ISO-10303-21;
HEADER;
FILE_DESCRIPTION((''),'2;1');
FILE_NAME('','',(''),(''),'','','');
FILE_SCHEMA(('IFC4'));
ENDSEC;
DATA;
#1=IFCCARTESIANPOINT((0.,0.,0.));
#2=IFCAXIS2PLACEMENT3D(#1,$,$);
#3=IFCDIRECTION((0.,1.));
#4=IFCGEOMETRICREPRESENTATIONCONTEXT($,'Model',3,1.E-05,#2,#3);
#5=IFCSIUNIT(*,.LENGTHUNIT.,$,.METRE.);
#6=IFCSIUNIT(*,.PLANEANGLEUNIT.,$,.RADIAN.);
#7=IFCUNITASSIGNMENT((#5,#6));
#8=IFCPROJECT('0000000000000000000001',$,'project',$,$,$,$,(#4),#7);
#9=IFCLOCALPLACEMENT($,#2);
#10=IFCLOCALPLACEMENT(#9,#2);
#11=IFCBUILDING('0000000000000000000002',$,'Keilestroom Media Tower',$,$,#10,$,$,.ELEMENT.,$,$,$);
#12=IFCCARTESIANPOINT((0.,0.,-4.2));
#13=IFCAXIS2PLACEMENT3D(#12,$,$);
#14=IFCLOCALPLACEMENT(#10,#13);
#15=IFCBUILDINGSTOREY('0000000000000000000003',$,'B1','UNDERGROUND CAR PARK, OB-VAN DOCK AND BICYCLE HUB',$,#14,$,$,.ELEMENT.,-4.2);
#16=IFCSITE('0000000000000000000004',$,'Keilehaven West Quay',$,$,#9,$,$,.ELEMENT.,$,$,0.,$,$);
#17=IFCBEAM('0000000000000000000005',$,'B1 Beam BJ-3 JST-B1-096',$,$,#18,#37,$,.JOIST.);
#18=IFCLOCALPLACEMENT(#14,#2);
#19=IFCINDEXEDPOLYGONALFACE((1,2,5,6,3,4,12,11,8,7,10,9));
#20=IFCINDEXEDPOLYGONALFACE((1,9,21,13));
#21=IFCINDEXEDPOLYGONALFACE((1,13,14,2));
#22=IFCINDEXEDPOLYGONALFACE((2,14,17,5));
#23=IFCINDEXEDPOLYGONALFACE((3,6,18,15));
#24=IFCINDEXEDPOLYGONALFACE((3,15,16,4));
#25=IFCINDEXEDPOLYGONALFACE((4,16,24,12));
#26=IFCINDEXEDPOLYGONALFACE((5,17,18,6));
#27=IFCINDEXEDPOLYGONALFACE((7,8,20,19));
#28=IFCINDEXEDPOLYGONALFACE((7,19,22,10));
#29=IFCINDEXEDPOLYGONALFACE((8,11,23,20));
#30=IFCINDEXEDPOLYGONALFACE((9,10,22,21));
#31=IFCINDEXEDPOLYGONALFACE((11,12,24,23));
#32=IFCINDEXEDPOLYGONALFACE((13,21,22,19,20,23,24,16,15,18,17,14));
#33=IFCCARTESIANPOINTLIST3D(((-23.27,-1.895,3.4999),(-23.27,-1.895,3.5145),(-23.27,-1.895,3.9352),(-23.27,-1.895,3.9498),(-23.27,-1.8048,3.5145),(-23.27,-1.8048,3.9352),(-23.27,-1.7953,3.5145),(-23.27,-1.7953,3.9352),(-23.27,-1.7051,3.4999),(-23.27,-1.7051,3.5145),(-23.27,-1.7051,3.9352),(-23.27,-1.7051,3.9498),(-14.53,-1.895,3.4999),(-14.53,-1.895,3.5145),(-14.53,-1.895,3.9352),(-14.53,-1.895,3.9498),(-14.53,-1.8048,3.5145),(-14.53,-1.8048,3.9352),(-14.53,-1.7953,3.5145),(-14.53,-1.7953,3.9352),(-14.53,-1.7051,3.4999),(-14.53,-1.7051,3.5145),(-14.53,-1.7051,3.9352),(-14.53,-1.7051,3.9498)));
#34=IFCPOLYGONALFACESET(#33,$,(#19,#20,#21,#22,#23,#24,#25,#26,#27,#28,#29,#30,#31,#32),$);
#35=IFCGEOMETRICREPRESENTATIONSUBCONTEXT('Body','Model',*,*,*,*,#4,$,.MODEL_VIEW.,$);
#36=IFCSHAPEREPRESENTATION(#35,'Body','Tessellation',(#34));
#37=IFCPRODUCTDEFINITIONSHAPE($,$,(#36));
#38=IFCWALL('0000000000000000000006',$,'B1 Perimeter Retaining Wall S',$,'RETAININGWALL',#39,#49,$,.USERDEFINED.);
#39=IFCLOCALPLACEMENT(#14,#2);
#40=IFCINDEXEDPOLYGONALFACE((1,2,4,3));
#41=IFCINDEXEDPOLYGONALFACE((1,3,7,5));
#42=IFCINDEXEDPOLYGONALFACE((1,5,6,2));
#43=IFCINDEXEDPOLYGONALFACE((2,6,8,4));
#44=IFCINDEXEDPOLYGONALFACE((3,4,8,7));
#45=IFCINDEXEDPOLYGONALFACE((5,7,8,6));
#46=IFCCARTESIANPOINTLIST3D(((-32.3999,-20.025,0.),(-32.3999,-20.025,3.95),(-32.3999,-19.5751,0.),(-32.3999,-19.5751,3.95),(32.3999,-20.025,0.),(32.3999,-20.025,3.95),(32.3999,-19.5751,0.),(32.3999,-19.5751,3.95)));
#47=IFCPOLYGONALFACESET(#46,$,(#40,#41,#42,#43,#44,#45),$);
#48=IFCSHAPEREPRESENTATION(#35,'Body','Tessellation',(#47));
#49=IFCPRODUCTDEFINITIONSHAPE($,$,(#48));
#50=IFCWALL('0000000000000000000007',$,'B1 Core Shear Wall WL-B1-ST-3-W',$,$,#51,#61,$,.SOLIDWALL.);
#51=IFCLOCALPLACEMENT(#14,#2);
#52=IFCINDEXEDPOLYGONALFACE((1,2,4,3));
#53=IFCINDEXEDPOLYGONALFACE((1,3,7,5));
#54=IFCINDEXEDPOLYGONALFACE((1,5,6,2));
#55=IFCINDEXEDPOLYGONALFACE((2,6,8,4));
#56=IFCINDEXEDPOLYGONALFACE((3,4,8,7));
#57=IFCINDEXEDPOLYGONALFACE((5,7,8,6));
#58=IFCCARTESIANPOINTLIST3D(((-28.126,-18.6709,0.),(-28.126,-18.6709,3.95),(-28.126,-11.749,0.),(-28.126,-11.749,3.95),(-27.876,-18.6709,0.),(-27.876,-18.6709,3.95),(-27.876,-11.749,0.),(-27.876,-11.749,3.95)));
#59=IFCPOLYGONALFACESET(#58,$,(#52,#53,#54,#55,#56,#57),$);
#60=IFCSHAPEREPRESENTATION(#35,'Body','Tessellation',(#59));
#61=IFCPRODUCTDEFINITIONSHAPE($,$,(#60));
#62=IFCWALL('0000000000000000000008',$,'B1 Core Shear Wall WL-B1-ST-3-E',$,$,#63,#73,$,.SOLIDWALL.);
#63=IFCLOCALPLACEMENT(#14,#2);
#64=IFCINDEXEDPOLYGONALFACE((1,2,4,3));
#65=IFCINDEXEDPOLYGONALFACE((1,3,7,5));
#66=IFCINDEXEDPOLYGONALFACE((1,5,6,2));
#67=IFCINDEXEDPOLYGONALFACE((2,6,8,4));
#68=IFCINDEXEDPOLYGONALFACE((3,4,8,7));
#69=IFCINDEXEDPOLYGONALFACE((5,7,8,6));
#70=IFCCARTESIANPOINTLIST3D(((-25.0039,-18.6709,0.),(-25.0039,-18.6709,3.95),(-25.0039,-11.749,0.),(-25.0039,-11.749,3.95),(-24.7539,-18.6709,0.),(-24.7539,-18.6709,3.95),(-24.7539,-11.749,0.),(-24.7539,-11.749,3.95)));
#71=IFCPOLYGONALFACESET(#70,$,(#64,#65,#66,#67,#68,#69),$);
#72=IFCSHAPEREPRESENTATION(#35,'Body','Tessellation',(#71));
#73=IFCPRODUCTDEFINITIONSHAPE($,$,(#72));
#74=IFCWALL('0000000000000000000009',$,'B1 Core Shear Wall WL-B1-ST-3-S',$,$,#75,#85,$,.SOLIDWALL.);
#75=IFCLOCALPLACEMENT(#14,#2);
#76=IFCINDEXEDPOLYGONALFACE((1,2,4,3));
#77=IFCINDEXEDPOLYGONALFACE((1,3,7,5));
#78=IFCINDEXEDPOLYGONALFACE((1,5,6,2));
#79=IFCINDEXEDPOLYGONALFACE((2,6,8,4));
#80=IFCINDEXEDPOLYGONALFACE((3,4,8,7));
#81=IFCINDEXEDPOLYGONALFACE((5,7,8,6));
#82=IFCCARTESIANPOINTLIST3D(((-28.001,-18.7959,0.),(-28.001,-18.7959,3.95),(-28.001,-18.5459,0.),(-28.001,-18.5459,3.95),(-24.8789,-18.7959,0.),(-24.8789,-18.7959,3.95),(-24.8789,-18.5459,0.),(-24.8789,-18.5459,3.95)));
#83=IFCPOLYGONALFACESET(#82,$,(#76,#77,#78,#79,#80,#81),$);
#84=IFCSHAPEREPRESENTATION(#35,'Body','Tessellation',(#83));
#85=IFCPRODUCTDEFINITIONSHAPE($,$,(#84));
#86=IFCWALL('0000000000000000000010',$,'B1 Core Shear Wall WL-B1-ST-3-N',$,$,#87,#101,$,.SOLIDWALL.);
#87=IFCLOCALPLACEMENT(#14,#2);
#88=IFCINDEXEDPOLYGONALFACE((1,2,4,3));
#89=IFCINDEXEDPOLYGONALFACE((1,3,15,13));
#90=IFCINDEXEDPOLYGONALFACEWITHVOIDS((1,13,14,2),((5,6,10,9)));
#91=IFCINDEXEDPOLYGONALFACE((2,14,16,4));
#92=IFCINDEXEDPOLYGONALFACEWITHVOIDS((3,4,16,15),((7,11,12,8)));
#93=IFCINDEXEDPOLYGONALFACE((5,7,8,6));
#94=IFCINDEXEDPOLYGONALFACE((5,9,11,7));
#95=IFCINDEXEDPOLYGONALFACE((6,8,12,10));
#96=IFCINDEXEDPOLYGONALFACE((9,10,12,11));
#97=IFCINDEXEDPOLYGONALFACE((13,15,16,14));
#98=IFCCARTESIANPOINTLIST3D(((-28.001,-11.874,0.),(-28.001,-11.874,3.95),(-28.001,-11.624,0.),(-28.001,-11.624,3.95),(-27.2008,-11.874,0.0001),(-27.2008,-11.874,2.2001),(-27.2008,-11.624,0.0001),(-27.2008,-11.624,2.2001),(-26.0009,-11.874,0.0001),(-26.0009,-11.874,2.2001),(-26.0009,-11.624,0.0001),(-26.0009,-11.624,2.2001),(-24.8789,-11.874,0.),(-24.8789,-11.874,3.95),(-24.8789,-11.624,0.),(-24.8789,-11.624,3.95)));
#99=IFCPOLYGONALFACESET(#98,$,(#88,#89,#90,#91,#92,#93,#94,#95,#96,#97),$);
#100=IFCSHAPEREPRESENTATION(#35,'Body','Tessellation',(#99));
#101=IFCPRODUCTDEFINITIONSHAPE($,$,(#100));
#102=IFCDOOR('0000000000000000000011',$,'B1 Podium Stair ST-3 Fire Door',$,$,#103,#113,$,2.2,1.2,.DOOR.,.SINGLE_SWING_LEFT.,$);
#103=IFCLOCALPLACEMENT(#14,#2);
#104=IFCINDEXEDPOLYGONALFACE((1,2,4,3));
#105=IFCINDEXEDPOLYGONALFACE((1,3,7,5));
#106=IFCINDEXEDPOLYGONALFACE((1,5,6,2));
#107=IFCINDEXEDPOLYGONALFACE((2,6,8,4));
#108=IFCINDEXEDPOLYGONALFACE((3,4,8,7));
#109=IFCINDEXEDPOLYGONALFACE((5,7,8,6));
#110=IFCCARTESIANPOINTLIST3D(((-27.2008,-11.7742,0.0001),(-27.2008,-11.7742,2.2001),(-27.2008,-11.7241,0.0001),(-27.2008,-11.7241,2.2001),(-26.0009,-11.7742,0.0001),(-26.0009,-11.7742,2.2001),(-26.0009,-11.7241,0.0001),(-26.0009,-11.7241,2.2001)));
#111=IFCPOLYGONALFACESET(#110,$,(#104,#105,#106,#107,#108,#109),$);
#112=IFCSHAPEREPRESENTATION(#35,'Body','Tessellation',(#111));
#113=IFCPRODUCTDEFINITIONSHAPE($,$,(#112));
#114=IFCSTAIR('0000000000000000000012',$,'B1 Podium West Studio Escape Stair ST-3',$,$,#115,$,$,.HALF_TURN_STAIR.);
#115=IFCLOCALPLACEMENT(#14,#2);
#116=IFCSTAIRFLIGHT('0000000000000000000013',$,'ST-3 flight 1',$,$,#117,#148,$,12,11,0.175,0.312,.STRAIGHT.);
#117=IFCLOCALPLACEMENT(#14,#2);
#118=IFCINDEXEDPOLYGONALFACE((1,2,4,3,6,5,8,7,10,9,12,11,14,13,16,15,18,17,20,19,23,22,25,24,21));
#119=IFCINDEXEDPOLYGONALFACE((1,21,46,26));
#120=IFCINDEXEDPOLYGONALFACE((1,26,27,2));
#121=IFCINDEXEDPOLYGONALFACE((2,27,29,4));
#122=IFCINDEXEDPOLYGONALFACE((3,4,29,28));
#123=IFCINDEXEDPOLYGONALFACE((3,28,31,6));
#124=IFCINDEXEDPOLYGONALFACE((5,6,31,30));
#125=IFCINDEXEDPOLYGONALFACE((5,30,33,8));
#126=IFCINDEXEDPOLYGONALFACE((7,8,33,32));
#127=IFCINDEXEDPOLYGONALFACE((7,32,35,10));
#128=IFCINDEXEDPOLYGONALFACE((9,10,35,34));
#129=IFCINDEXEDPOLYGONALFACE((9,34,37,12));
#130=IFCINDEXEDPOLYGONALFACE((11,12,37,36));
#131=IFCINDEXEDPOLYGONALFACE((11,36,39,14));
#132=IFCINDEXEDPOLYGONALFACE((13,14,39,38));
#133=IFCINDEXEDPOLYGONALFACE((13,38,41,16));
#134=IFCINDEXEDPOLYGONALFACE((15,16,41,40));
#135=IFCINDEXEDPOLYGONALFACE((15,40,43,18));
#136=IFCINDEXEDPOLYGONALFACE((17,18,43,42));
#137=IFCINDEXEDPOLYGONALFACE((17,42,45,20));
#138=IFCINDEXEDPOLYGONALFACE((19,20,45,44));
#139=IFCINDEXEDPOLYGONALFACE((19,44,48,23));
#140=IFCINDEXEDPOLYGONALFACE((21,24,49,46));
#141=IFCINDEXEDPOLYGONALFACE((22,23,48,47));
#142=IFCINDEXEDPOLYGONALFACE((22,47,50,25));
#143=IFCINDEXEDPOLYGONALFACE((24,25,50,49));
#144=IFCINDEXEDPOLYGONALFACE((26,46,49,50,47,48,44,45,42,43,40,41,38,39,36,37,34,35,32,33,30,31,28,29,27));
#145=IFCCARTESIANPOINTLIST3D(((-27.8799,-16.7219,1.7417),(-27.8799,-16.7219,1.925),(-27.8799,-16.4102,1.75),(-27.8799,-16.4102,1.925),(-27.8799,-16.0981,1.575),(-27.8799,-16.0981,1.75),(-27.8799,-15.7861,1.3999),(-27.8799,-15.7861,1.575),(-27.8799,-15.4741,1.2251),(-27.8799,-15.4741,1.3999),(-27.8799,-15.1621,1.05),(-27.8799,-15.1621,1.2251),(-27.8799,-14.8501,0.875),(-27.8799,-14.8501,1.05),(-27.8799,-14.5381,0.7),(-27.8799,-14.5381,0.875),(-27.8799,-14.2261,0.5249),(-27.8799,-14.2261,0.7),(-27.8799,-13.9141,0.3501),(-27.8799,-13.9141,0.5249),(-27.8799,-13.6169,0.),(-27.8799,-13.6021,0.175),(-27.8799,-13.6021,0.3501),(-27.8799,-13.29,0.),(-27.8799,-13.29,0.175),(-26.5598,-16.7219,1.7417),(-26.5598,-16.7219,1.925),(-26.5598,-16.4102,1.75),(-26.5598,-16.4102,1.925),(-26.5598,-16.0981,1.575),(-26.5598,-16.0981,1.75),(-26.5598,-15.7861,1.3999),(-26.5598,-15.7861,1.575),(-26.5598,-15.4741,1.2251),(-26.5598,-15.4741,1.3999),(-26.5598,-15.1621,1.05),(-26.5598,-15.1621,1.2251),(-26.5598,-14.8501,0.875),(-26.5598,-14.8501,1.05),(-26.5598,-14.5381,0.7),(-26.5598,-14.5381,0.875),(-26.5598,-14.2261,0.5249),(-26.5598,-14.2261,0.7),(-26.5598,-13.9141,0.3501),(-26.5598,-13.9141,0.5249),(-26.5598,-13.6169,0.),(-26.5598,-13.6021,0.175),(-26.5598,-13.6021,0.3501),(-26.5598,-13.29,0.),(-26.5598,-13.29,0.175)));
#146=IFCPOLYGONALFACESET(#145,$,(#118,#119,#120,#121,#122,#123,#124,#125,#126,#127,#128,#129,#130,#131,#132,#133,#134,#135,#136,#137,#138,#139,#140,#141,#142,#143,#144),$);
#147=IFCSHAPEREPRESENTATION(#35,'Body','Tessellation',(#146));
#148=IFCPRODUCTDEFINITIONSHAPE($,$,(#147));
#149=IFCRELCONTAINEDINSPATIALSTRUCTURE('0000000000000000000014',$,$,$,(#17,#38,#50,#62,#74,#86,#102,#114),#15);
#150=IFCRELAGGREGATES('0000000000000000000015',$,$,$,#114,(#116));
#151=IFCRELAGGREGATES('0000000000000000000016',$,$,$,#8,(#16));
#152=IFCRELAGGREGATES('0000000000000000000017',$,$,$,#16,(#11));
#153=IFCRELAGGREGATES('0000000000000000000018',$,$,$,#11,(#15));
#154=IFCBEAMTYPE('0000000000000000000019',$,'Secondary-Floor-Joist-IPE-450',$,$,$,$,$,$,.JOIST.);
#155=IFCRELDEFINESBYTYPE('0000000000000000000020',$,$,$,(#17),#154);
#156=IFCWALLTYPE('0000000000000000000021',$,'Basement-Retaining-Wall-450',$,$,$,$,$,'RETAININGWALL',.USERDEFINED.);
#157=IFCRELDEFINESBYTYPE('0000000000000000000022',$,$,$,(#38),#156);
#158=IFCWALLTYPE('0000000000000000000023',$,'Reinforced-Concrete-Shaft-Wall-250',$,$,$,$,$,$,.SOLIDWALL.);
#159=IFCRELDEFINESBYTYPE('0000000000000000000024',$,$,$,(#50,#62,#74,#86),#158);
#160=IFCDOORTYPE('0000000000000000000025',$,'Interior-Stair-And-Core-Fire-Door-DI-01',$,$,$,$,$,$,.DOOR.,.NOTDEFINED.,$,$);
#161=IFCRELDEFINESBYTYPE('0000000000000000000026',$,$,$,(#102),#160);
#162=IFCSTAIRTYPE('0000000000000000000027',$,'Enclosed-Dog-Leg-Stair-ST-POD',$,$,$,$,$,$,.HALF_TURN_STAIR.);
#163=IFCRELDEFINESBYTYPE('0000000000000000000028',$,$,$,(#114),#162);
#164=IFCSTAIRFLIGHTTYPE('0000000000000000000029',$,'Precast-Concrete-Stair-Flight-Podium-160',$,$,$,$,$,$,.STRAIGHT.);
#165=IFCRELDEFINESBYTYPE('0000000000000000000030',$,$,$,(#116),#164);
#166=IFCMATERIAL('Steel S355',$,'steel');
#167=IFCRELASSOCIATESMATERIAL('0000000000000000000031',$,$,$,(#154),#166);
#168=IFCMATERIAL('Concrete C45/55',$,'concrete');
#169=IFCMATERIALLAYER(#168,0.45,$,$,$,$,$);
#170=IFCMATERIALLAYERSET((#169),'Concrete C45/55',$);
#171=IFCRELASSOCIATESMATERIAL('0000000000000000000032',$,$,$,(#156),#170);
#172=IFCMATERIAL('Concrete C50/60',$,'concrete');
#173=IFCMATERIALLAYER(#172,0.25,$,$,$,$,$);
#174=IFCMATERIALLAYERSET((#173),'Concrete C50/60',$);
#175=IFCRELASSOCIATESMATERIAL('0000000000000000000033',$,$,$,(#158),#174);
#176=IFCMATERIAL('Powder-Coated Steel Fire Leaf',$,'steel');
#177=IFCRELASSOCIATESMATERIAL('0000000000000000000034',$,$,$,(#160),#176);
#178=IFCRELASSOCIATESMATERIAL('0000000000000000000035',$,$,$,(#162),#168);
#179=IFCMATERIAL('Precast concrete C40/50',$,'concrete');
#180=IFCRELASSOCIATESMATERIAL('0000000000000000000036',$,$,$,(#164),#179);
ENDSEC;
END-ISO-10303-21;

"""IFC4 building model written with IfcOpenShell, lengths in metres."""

from ifc_helpers import new_model, si_unit, direction, frame, frame_2d, origin, origin_2d, place, context, subcontext, project, spatial, polyline, rectangle, i_section, outline, extrude, source, transform, mapped, material, layer, layer_set, material_profile, profile_set, type_object, element, fill, aggregate, save


model = new_model("IFC4")

# Units and contexts
model_context = context("Model", 3, precision=1e-05, world=origin(), true_north=direction((0.0, 1.0)))
body_context = subcontext(model_context, "Body", "Model", "MODEL_VIEW")
ifc_project = project(units=[si_unit("LENGTHUNIT", "METRE"), si_unit("PLANEANGLEUNIT", "RADIAN")], contexts=[model_context])

# Site, building, storey
site_placement = place(None, origin())
site = spatial("IfcSite", under=ifc_project, at=site_placement, Name="Keilehaven West Quay", CompositionType="ELEMENT", RefElevation=0.0)
building_placement = place(site_placement, origin())
building = spatial("IfcBuilding", under=site, at=building_placement, Name="Keilestroom Media Tower", CompositionType="ELEMENT")
storey_placement = place(building_placement, frame((0.0, 0.0, -4.2)))
storey = spatial("IfcBuildingStorey", under=building, at=storey_placement, Name="B1", Description="UNDERGROUND CAR PARK, OB-VAN DOCK AND BICYCLE HUB", CompositionType="ELEMENT", Elevation=-4.2)

# Shared definitions
ifc_material_1 = material(Name="Precast concrete C40/50", Category="concrete")

# Beam
ifc_material_2 = material(Name="Steel S355", Category="steel")
ifc_material_profile_1 = material_profile(ifc_material_2, i_section(OverallWidth=0.1899, OverallDepth=0.45, WebThickness=0.0095, FlangeThickness=0.0146, at=origin_2d()), Name="IPE 450")
ifc_profile_set_1 = profile_set([ifc_material_profile_1], Name="Steel S355")
beam_type_1 = type_object("IfcBeamType", Name="Secondary-Floor-Joist-IPE-450", PredefinedType="JOIST", material=ifc_profile_set_1)
shared_shape_1 = source(origin(), body_context, "Body", "SweptSolid", [
    extrude(i_section(OverallWidth=0.1899, OverallDepth=0.45, WebThickness=0.0095, FlangeThickness=0.0146, at=origin_2d()), origin(), (0.0, 0.0, 1.0), 8.74),
])
beam_1_placement = place(storey_placement, frame((-23.27, -1.8, 3.7249), z_axis=(1.0, 0.0, 0.0), x_axis=(0.0, 1.0, 0.0)))
element("IfcBeam", 1, at=beam_1_placement, inside=storey, type_object=beam_type_1, Name="B1 Beam BJ-3 JST-B1-096", PredefinedType="JOIST", context=body_context, shape_type="MappedRepresentation", body=[
    mapped(shared_shape_1, transform((0.0, 0.0, 0.0), x_axis=(1.0, 0.0, 0.0), y_axis=(0.0, 1.0, 0.0), z_axis=(0.0, 0.0, 1.0), scale=1.0)),
])

# Walls
ifc_material_3 = material(Name="Concrete C45/55", Category="concrete")
ifc_layer_1 = layer(ifc_material_3, 0.45)
ifc_layer_set_1 = layer_set([ifc_layer_1], Name="Concrete C45/55")
wall_type_1 = type_object("IfcWallType", Name="Basement-Retaining-Wall-450", ElementType="RETAININGWALL", PredefinedType="USERDEFINED", material=ifc_layer_set_1)
wall_1_placement = place(storey_placement, frame((-32.3999, -19.8, 0.0), z_axis=(0.0, 0.0, 1.0), x_axis=(1.0, 0.0, 0.0)))
element("IfcWall", 2, at=wall_1_placement, inside=storey, type_object=wall_type_1, Name="B1 Perimeter Retaining Wall S", ObjectType="RETAININGWALL", PredefinedType="USERDEFINED", context=body_context, shape_type="SweptSolid", body=[
    extrude(rectangle(XDim=64.7998, YDim=0.45, at=frame_2d((32.3999, 0.0))), origin(), (0.0, 0.0, 1.0), 3.95),
])
ifc_material_4 = material(Name="Concrete C50/60", Category="concrete")
ifc_layer_2 = layer(ifc_material_4, 0.25)
ifc_layer_set_2 = layer_set([ifc_layer_2], Name="Concrete C50/60")
wall_type_2 = type_object("IfcWallType", Name="Reinforced-Concrete-Shaft-Wall-250", PredefinedType="SOLIDWALL", material=ifc_layer_set_2)
for number, where, z_axis, x_axis, name in (
    (3, (-28.001, -18.6709, 0.0), (0.0, 0.0, 1.0), (0.0, 1.0, 0.0), "B1 Core Shear Wall WL-B1-ST-3-W"),
    (4, (-24.8789, -18.6709, 0.0), (0.0, 0.0, 1.0), (0.0, 1.0, 0.0), "B1 Core Shear Wall WL-B1-ST-3-E"),
):
    element("IfcWall", number, at=place(storey_placement, frame(where, z_axis=z_axis, x_axis=x_axis)), inside=storey, type_object=wall_type_2, Name=name, PredefinedType="SOLIDWALL", context=body_context, shape_type="SweptSolid", body=[
        extrude(rectangle(XDim=6.9219, YDim=0.25, at=frame_2d((3.4609, 0.0))), origin(), (0.0, 0.0, 1.0), 3.95),
    ])
wall_2_placement = place(storey_placement, frame((-28.001, -18.6709, 0.0), z_axis=(0.0, 0.0, 1.0), x_axis=(1.0, 0.0, 0.0)))
element("IfcWall", 5, at=wall_2_placement, inside=storey, type_object=wall_type_2, Name="B1 Core Shear Wall WL-B1-ST-3-S", PredefinedType="SOLIDWALL", context=body_context, shape_type="SweptSolid", body=[
    extrude(rectangle(XDim=3.1221, YDim=0.25, at=frame_2d((1.561, 0.0))), origin(), (0.0, 0.0, 1.0), 3.95),
])

# Wall, opening, door
wall_3_placement = place(storey_placement, frame((-28.001, -11.749, 0.0), z_axis=(0.0, 0.0, 1.0), x_axis=(1.0, 0.0, 0.0)))
wall_3 = element("IfcWall", 6, at=wall_3_placement, inside=storey, type_object=wall_type_2, Name="B1 Core Shear Wall WL-B1-ST-3-N", PredefinedType="SOLIDWALL", context=body_context, shape_type="SweptSolid", body=[
    extrude(rectangle(XDim=3.1221, YDim=0.25, at=frame_2d((1.561, 0.0))), origin(), (0.0, 0.0, 1.0), 3.95),
])
opening_placement = place(wall_3_placement, frame((0.8, 0.0, 0.0)))
opening = element("IfcOpeningElement", 7, at=opening_placement, cuts=wall_3, PredefinedType="OPENING", context=body_context, shape_type="SweptSolid", body=[
    extrude(rectangle(XDim=1.2, YDim=2.2, at=frame_2d((0.6001, 1.1001))), frame((0.0, 0.135, 0.0), z_axis=(0.0, -1.0, 0.0), x_axis=(1.0, 0.0, 0.0)), (0.0, 0.0, 1.0), 0.27),
])
ifc_material_5 = material(Name="Powder-Coated Steel Fire Leaf", Category="steel")
door_type = type_object("IfcDoorType", Name="Interior-Stair-And-Core-Fire-Door-DI-01", OperationType="NOTDEFINED", PredefinedType="DOOR", material=ifc_material_5)
shared_shape_2 = source(origin(), body_context, "Body", "SweptSolid", [
    extrude(rectangle(XDim=1.2, YDim=2.2, at=frame_2d((0.6001, 1.1001))), frame((0.0, 0.0249, 0.0), z_axis=(0.0, -1.0, 0.0), x_axis=(1.0, 0.0, 0.0)), (0.0, 0.0, 1.0), 0.05),
])
door_placement = place(opening_placement, origin())
door = element("IfcDoor", 8, at=door_placement, inside=storey, type_object=door_type, Name="B1 Podium Stair ST-3 Fire Door", OperationType="SINGLE_SWING_LEFT", OverallHeight=2.2, OverallWidth=1.2, PredefinedType="DOOR", context=body_context, shape_type="MappedRepresentation", body=[
    mapped(shared_shape_2, transform((0.0, 0.0, 0.0), x_axis=(1.0, 0.0, 0.0), y_axis=(0.0, 1.0, 0.0), z_axis=(0.0, 0.0, 1.0), scale=1.0)),
])
fill(opening, door)

# Stair, stair flight
stair_type = type_object("IfcStairType", Name="Enclosed-Dog-Leg-Stair-ST-POD", PredefinedType="HALF_TURN_STAIR", material=ifc_material_3)
stair_placement = place(storey_placement, origin())
stair = element("IfcStair", 9, at=stair_placement, inside=storey, type_object=stair_type, Name="B1 Podium West Studio Escape Stair ST-3", PredefinedType="HALF_TURN_STAIR")
stair_flight_type = type_object("IfcStairFlightType", Name="Precast-Concrete-Stair-Flight-Podium-160", PredefinedType="STRAIGHT", material=ifc_material_1)
stair_flight_1_placement = place(storey_placement, frame((-27.22, -13.29, 0.0), z_axis=(0.0, 0.0, 1.0), x_axis=(0.0, -1.0, 0.0)))
stair_flight_1 = element("IfcStairFlight", 10, at=stair_flight_1_placement, type_object=stair_flight_type, Name="ST-3 flight 1", NumberOfRisers=12, NumberOfTreads=11, PredefinedType="STRAIGHT", RiserHeight=0.175, TreadLength=0.312, context=body_context, shape_type="SweptSolid", body=[
    extrude(outline(polyline([(0.0, 0.0), (0.0, 0.175), (0.312, 0.175), (0.312, 0.3501), (0.624, 0.3501), (0.624, 0.5249), (0.936, 0.5249), (0.936, 0.7), (1.248, 0.7), (1.248, 0.875), (1.5601, 0.875), (1.5601, 1.05), (1.8721, 1.05), (1.8721, 1.2251), (2.1841, 1.2251), (2.1841, 1.3999), (2.4961, 1.3999), (2.4961, 1.575), (2.8081, 1.575), (2.8081, 1.75), (3.1201, 1.75), (3.1201, 1.925), (3.4319, 1.925), (3.4319, 2.1001), (3.4319, 1.7417), (0.3269, 0.0), (0.0, 0.0)])), frame((0.0, 0.6602, 0.0), z_axis=(0.0, -1.0, 0.0), x_axis=(1.0, 0.0, 0.0)), (0.0, 0.0, 1.0), 1.3201),
])
aggregate(stair, [stair_flight_1])

save(model, "model.ifc")
